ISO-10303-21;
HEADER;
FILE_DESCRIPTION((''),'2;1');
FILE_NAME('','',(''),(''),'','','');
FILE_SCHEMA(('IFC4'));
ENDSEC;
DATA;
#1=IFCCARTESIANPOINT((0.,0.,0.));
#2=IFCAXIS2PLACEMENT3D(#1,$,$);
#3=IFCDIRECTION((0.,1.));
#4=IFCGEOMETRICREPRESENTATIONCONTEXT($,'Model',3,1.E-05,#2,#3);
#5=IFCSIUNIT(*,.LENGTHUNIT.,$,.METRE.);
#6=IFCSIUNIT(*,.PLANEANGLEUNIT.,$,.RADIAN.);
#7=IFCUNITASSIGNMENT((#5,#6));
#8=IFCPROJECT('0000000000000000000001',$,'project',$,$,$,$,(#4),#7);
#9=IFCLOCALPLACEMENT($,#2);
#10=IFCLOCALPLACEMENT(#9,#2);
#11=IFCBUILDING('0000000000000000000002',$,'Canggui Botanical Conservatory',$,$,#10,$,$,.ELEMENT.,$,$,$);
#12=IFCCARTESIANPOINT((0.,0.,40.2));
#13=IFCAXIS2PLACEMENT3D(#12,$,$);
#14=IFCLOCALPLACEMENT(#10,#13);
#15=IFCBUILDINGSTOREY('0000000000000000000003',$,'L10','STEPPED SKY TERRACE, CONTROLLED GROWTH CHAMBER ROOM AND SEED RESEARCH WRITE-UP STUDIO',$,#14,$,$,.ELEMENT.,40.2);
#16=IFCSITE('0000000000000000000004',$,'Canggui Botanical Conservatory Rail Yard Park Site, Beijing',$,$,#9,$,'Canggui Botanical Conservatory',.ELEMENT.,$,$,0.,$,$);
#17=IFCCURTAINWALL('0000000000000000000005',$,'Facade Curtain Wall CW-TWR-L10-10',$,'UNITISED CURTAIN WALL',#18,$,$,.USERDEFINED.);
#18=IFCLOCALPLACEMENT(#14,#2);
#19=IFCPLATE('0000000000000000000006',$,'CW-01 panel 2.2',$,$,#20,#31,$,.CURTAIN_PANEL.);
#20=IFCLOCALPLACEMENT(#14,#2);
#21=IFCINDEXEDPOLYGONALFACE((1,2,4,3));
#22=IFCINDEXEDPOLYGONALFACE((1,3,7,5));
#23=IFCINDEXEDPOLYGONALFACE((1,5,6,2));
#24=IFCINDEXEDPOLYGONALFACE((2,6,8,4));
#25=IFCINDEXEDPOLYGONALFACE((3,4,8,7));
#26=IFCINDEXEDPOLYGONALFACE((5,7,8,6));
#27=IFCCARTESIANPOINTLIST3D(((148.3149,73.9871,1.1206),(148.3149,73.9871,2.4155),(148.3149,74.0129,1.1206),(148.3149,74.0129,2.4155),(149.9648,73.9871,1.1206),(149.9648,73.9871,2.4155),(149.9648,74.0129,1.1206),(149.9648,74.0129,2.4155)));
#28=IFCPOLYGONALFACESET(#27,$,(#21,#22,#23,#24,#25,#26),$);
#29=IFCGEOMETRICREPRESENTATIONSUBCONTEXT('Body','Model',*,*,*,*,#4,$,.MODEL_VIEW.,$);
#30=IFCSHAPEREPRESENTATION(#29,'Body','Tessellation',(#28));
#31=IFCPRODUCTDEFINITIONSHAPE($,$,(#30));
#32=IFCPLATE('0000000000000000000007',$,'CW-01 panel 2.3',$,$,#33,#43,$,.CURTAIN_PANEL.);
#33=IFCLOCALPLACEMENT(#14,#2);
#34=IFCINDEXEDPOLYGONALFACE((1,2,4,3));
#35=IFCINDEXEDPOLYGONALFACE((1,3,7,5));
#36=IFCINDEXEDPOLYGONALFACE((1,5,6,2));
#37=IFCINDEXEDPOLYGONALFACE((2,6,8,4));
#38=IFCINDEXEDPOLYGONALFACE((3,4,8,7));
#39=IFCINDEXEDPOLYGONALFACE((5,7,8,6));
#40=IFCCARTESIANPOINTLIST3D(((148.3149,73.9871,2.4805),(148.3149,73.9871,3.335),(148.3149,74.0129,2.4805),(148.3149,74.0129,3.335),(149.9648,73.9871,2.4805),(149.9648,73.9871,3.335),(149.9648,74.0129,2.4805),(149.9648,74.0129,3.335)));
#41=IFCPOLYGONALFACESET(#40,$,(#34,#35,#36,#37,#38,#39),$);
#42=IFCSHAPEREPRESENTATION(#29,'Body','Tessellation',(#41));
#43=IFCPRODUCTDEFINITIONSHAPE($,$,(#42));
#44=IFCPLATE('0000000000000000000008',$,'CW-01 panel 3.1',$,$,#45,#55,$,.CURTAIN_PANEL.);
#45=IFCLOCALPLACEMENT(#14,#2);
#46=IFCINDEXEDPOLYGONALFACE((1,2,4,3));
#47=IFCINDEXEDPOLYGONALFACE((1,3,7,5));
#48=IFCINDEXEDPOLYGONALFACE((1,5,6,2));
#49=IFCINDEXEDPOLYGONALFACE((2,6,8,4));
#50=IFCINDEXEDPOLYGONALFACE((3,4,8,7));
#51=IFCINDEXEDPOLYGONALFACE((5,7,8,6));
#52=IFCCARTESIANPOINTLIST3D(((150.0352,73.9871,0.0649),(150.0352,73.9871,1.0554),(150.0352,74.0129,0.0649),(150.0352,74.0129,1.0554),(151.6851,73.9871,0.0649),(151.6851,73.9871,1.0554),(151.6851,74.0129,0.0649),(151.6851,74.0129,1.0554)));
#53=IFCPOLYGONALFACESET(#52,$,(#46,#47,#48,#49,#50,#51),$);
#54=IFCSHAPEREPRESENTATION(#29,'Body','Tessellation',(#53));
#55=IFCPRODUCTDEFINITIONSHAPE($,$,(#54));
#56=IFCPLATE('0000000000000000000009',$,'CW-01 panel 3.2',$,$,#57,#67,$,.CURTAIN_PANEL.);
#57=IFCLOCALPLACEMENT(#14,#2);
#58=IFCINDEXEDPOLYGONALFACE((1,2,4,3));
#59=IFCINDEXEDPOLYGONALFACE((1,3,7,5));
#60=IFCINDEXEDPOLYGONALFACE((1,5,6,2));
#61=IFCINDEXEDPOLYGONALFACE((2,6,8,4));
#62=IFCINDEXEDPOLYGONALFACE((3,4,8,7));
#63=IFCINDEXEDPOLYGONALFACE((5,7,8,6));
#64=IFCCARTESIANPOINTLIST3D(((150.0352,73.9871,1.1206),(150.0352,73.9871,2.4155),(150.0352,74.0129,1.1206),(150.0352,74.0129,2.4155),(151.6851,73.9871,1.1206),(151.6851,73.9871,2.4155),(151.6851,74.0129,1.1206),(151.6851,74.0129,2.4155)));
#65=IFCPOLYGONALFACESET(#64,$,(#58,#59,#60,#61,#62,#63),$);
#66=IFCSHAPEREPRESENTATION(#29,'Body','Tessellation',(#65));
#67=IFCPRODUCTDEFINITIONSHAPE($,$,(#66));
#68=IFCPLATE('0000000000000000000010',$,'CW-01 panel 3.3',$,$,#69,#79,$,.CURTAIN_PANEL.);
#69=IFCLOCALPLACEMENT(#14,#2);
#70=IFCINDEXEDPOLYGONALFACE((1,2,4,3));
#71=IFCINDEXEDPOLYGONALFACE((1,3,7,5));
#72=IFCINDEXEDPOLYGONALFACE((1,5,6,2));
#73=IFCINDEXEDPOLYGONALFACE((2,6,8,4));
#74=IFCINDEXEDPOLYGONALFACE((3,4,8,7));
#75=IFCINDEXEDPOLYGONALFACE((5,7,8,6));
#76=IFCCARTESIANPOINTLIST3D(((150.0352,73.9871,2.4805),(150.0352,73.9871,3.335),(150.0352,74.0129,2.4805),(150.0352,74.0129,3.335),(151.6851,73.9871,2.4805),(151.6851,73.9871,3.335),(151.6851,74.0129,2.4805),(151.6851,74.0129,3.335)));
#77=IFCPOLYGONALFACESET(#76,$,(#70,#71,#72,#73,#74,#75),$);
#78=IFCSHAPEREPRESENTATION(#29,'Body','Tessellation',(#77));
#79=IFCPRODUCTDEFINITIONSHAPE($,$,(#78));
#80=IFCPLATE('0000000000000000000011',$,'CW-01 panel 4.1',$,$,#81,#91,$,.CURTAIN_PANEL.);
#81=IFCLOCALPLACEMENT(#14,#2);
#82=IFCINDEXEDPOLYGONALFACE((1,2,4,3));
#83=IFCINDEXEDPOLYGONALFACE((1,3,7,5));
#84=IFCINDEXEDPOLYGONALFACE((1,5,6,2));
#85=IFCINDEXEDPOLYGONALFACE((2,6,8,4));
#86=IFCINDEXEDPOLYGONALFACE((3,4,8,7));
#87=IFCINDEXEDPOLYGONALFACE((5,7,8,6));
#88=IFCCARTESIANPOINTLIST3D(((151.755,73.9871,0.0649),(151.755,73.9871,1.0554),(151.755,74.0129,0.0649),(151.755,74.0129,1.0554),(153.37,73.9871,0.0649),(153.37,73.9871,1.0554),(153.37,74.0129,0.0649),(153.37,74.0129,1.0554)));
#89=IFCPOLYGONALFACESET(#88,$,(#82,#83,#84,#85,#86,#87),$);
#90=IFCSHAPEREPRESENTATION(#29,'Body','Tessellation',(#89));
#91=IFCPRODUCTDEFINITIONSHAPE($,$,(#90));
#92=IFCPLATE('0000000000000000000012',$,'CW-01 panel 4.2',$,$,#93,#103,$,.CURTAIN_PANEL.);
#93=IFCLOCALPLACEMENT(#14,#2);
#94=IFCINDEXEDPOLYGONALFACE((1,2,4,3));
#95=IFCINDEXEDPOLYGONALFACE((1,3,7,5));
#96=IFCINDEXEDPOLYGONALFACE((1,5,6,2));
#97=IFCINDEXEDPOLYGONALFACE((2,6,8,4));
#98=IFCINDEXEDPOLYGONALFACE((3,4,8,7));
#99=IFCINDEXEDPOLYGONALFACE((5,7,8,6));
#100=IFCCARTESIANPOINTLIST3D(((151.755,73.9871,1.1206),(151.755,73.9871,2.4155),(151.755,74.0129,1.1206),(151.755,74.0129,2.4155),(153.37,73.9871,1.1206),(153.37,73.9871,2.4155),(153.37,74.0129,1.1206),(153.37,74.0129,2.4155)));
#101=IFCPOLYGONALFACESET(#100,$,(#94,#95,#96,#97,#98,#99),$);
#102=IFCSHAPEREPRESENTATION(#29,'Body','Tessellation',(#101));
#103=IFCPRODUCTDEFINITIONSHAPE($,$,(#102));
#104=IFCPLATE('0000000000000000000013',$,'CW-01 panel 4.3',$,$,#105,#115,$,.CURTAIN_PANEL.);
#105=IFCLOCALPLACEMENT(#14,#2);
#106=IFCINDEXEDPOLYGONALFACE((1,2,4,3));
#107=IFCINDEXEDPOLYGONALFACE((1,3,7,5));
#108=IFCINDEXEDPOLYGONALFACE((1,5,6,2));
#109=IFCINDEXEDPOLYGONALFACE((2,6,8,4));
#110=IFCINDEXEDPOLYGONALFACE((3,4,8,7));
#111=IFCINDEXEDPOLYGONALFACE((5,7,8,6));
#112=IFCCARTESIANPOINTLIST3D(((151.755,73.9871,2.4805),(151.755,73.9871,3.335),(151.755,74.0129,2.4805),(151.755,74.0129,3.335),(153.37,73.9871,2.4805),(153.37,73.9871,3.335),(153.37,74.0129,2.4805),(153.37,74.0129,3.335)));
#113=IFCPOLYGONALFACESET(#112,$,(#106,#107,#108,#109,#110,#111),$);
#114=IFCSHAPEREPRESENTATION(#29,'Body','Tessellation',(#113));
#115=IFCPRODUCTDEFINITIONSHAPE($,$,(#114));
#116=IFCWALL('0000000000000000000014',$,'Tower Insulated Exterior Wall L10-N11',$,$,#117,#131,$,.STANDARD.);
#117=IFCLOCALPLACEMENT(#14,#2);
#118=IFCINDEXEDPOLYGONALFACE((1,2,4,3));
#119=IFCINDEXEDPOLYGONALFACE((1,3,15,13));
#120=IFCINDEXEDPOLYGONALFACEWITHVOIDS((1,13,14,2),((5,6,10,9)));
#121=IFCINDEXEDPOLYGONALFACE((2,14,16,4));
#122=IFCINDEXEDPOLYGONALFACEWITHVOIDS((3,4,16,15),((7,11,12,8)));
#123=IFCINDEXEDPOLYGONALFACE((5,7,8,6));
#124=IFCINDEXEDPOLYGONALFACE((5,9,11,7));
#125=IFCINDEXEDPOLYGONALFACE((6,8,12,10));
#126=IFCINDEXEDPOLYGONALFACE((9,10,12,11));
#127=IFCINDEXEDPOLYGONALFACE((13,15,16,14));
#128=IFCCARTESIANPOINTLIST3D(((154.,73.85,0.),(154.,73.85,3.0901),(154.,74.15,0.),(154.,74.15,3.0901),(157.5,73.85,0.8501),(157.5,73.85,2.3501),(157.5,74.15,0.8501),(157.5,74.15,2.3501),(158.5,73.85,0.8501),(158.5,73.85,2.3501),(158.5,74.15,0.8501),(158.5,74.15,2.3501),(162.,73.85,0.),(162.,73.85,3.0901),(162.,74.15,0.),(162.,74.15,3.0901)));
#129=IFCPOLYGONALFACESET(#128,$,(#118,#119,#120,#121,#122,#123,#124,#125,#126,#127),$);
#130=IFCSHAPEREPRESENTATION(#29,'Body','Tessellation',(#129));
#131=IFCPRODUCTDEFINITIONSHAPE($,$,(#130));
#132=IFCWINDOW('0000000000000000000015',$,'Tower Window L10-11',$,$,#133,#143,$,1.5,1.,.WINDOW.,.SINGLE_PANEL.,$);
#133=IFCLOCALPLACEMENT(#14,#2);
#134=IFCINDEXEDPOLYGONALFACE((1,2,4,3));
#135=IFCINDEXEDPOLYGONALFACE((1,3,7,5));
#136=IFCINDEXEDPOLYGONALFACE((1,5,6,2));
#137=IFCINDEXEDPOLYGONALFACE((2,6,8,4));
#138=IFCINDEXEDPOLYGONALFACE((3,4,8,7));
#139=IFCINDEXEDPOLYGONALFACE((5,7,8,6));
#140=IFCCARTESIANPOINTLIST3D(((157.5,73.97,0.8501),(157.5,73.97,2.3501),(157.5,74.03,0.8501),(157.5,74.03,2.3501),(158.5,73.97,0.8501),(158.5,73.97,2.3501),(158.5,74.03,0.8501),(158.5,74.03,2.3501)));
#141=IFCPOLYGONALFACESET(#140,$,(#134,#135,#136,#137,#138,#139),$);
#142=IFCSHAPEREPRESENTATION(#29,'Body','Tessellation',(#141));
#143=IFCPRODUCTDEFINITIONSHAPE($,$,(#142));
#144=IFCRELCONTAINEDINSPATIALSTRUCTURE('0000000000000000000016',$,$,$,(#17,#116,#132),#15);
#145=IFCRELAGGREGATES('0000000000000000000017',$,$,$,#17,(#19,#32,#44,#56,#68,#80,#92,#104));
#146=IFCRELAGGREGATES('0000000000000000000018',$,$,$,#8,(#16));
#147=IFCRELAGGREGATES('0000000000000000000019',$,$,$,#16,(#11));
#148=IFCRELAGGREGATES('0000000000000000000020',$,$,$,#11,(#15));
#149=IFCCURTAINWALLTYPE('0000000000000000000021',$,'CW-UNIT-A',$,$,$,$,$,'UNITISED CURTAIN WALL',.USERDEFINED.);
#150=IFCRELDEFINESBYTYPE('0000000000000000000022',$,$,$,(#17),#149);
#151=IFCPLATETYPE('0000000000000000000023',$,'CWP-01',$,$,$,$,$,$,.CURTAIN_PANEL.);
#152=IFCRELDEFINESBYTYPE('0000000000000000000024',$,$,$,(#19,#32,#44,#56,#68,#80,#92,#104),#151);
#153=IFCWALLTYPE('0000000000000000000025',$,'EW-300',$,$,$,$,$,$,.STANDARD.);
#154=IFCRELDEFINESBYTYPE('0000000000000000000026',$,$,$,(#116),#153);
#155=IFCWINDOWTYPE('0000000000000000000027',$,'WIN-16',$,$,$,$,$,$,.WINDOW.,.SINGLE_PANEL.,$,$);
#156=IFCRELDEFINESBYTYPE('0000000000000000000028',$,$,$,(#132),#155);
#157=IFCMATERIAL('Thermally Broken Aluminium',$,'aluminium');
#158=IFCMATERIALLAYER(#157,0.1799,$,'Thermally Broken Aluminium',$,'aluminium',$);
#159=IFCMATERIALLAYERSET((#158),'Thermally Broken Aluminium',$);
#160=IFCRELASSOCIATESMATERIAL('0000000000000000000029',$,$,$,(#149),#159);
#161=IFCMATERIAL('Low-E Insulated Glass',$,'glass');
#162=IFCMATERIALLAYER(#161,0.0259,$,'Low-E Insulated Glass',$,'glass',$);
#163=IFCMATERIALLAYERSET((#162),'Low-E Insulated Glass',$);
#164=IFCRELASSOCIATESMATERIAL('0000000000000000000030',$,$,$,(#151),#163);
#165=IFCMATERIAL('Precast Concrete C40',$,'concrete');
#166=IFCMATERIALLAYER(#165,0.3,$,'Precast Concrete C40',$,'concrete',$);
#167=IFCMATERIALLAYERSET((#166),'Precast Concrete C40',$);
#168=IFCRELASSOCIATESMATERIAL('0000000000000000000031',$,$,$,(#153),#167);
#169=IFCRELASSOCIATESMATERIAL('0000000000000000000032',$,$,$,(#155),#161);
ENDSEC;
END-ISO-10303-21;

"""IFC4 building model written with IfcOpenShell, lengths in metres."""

from ifc_helpers import new_model, si_unit, direction, frame, frame_2d, origin, origin_2d, place, context, subcontext, project, spatial, rectangle, extrude, material, layer, layer_set, type_object, element, fill, aggregate, save


model = new_model("IFC4")

# Units and contexts
model_context = context("Model", 3, precision=1e-05, world=origin(), true_north=direction((0.0, 1.0)))
body_context = subcontext(model_context, "Body", "Model", "MODEL_VIEW")
ifc_project = project(units=[si_unit("LENGTHUNIT", "METRE"), si_unit("PLANEANGLEUNIT", "RADIAN")], contexts=[model_context])

# Site, building, storey
site_placement = place(None, origin())
site = spatial("IfcSite", under=ifc_project, at=site_placement, Name="Canggui Botanical Conservatory Rail Yard Park Site, Beijing", LongName="Canggui Botanical Conservatory", CompositionType="ELEMENT", RefElevation=0.0)
building_placement = place(site_placement, origin())
building = spatial("IfcBuilding", under=site, at=building_placement, Name="Canggui Botanical Conservatory", CompositionType="ELEMENT")
storey_placement = place(building_placement, frame((0.0, 0.0, 40.2)))
storey = spatial("IfcBuildingStorey", under=building, at=storey_placement, Name="L10", Description="STEPPED SKY TERRACE, CONTROLLED GROWTH CHAMBER ROOM AND SEED RESEARCH WRITE-UP STUDIO", CompositionType="ELEMENT", Elevation=40.2)

# Curtain wall, plates
ifc_material_1 = material(Name="Thermally Broken Aluminium", Category="aluminium")
ifc_layer_1 = layer(ifc_material_1, 0.1799, Name="Thermally Broken Aluminium", Category="aluminium")
ifc_layer_set_1 = layer_set([ifc_layer_1], Name="Thermally Broken Aluminium")
curtain_wall_type = type_object("IfcCurtainWallType", Name="CW-UNIT-A", ElementType="UNITISED CURTAIN WALL", PredefinedType="USERDEFINED", material=ifc_layer_set_1)
curtain_wall_placement = place(storey_placement, origin())
curtain_wall = element("IfcCurtainWall", 1, at=curtain_wall_placement, inside=storey, type_object=curtain_wall_type, Name="Facade Curtain Wall CW-TWR-L10-10", ObjectType="UNITISED CURTAIN WALL", PredefinedType="USERDEFINED")
ifc_material_2 = material(Name="Low-E Insulated Glass", Category="glass")
ifc_layer_2 = layer(ifc_material_2, 0.0259, Name="Low-E Insulated Glass", Category="glass")
ifc_layer_set_2 = layer_set([ifc_layer_2], Name="Low-E Insulated Glass")
plate_type = type_object("IfcPlateType", Name="CWP-01", PredefinedType="CURTAIN_PANEL", material=ifc_layer_set_2)
plate_1_placement = place(storey_placement, frame((149.1399, 74.0, 1.1206), z_axis=(0.0, 0.0, 1.0), x_axis=(1.0, 0.0, 0.0)))
plate_1 = element("IfcPlate", 2, at=plate_1_placement, type_object=plate_type, Name="CW-01 panel 2.2", PredefinedType="CURTAIN_PANEL", context=body_context, shape_type="SweptSolid", body=[
    extrude(rectangle(XDim=1.6499, YDim=0.0259, at=origin_2d()), origin(), (0.0, 0.0, 1.0), 1.2949),
])
plate_2_placement = place(storey_placement, frame((149.1399, 74.0, 2.4805), z_axis=(0.0, 0.0, 1.0), x_axis=(1.0, 0.0, 0.0)))
plate_2 = element("IfcPlate", 3, at=plate_2_placement, type_object=plate_type, Name="CW-01 panel 2.3", PredefinedType="CURTAIN_PANEL", context=body_context, shape_type="SweptSolid", body=[
    extrude(rectangle(XDim=1.6499, YDim=0.0259, at=origin_2d()), origin(), (0.0, 0.0, 1.0), 0.8545),
])
plate_3_placement = place(storey_placement, frame((150.8601, 74.0, 0.0649), z_axis=(0.0, 0.0, 1.0), x_axis=(1.0, 0.0, 0.0)))
plate_3 = element("IfcPlate", 4, at=plate_3_placement, type_object=plate_type, Name="CW-01 panel 3.1", PredefinedType="CURTAIN_PANEL", context=body_context, shape_type="SweptSolid", body=[
    extrude(rectangle(XDim=1.6499, YDim=0.0259, at=origin_2d()), origin(), (0.0, 0.0, 1.0), 0.9905),
])
plate_4_placement = place(storey_placement, frame((150.8601, 74.0, 1.1206), z_axis=(0.0, 0.0, 1.0), x_axis=(1.0, 0.0, 0.0)))
plate_4 = element("IfcPlate", 5, at=plate_4_placement, type_object=plate_type, Name="CW-01 panel 3.2", PredefinedType="CURTAIN_PANEL", context=body_context, shape_type="SweptSolid", body=[
    extrude(rectangle(XDim=1.6499, YDim=0.0259, at=origin_2d()), origin(), (0.0, 0.0, 1.0), 1.2949),
])
plate_5_placement = place(storey_placement, frame((150.8601, 74.0, 2.4805), z_axis=(0.0, 0.0, 1.0), x_axis=(1.0, 0.0, 0.0)))
plate_5 = element("IfcPlate", 6, at=plate_5_placement, type_object=plate_type, Name="CW-01 panel 3.3", PredefinedType="CURTAIN_PANEL", context=body_context, shape_type="SweptSolid", body=[
    extrude(rectangle(XDim=1.6499, YDim=0.0259, at=origin_2d()), origin(), (0.0, 0.0, 1.0), 0.8545),
])
plate_6_placement = place(storey_placement, frame((152.5625, 74.0, 0.0649), z_axis=(0.0, 0.0, 1.0), x_axis=(1.0, 0.0, 0.0)))
plate_6 = element("IfcPlate", 7, at=plate_6_placement, type_object=plate_type, Name="CW-01 panel 4.1", PredefinedType="CURTAIN_PANEL", context=body_context, shape_type="SweptSolid", body=[
    extrude(rectangle(XDim=1.615, YDim=0.0259, at=origin_2d()), origin(), (0.0, 0.0, 1.0), 0.9905),
])
plate_7_placement = place(storey_placement, frame((152.5625, 74.0, 1.1206), z_axis=(0.0, 0.0, 1.0), x_axis=(1.0, 0.0, 0.0)))
plate_7 = element("IfcPlate", 8, at=plate_7_placement, type_object=plate_type, Name="CW-01 panel 4.2", PredefinedType="CURTAIN_PANEL", context=body_context, shape_type="SweptSolid", body=[
    extrude(rectangle(XDim=1.615, YDim=0.0259, at=origin_2d()), origin(), (0.0, 0.0, 1.0), 1.2949),
])
plate_8_placement = place(storey_placement, frame((152.5625, 74.0, 2.4805), z_axis=(0.0, 0.0, 1.0), x_axis=(1.0, 0.0, 0.0)))
plate_8 = element("IfcPlate", 9, at=plate_8_placement, type_object=plate_type, Name="CW-01 panel 4.3", PredefinedType="CURTAIN_PANEL", context=body_context, shape_type="SweptSolid", body=[
    extrude(rectangle(XDim=1.615, YDim=0.0259, at=origin_2d()), origin(), (0.0, 0.0, 1.0), 0.8545),
])
aggregate(curtain_wall, [plate_1, plate_2, plate_3, plate_4, plate_5, plate_6, plate_7, plate_8])

# Wall, opening, window
ifc_material_3 = material(Name="Precast Concrete C40", Category="concrete")
ifc_layer_3 = layer(ifc_material_3, 0.3, Name="Precast Concrete C40", Category="concrete")
ifc_layer_set_3 = layer_set([ifc_layer_3], Name="Precast Concrete C40")
wall_type = type_object("IfcWallType", Name="EW-300", PredefinedType="STANDARD", material=ifc_layer_set_3)
wall_placement = place(storey_placement, frame((154.0, 74.0, 0.0), z_axis=(0.0, 0.0, 1.0), x_axis=(1.0, 0.0, 0.0)))
wall = element("IfcWall", 10, at=wall_placement, inside=storey, type_object=wall_type, Name="Tower Insulated Exterior Wall L10-N11", PredefinedType="STANDARD", context=body_context, shape_type="SweptSolid", body=[
    extrude(rectangle(XDim=8.0, YDim=0.3, at=frame_2d((4.0, 0.0))), origin(), (0.0, 0.0, 1.0), 3.0901),
])
opening_placement = place(wall_placement, frame((3.5, 0.0, 0.8501)))
opening = element("IfcOpeningElement", 11, at=opening_placement, cuts=wall, PredefinedType="OPENING", context=body_context, shape_type="SweptSolid", body=[
    extrude(rectangle(XDim=1.0, YDim=1.5, at=frame_2d((0.5, 0.75))), frame((0.0, 0.1602, 0.0), z_axis=(0.0, -1.0, 0.0), x_axis=(1.0, 0.0, 0.0)), (0.0, 0.0, 1.0), 0.3201),
])
window_type = type_object("IfcWindowType", Name="WIN-16", PartitioningType="SINGLE_PANEL", PredefinedType="WINDOW", material=ifc_material_2)
window_placement = place(opening_placement, origin())
window = element("IfcWindow", 12, at=window_placement, inside=storey, type_object=window_type, Name="Tower Window L10-11", OverallHeight=1.5, OverallWidth=1.0, PartitioningType="SINGLE_PANEL", PredefinedType="WINDOW", context=body_context, shape_type="SweptSolid", body=[
    extrude(rectangle(XDim=1.0, YDim=1.5, at=frame_2d((0.5, 0.75))), frame((0.0, 0.03, 0.0), z_axis=(0.0, -1.0, 0.0), x_axis=(1.0, 0.0, 0.0)), (0.0, 0.0, 1.0), 0.0601),
])
fill(opening, window)

save(model, "model.ifc")
